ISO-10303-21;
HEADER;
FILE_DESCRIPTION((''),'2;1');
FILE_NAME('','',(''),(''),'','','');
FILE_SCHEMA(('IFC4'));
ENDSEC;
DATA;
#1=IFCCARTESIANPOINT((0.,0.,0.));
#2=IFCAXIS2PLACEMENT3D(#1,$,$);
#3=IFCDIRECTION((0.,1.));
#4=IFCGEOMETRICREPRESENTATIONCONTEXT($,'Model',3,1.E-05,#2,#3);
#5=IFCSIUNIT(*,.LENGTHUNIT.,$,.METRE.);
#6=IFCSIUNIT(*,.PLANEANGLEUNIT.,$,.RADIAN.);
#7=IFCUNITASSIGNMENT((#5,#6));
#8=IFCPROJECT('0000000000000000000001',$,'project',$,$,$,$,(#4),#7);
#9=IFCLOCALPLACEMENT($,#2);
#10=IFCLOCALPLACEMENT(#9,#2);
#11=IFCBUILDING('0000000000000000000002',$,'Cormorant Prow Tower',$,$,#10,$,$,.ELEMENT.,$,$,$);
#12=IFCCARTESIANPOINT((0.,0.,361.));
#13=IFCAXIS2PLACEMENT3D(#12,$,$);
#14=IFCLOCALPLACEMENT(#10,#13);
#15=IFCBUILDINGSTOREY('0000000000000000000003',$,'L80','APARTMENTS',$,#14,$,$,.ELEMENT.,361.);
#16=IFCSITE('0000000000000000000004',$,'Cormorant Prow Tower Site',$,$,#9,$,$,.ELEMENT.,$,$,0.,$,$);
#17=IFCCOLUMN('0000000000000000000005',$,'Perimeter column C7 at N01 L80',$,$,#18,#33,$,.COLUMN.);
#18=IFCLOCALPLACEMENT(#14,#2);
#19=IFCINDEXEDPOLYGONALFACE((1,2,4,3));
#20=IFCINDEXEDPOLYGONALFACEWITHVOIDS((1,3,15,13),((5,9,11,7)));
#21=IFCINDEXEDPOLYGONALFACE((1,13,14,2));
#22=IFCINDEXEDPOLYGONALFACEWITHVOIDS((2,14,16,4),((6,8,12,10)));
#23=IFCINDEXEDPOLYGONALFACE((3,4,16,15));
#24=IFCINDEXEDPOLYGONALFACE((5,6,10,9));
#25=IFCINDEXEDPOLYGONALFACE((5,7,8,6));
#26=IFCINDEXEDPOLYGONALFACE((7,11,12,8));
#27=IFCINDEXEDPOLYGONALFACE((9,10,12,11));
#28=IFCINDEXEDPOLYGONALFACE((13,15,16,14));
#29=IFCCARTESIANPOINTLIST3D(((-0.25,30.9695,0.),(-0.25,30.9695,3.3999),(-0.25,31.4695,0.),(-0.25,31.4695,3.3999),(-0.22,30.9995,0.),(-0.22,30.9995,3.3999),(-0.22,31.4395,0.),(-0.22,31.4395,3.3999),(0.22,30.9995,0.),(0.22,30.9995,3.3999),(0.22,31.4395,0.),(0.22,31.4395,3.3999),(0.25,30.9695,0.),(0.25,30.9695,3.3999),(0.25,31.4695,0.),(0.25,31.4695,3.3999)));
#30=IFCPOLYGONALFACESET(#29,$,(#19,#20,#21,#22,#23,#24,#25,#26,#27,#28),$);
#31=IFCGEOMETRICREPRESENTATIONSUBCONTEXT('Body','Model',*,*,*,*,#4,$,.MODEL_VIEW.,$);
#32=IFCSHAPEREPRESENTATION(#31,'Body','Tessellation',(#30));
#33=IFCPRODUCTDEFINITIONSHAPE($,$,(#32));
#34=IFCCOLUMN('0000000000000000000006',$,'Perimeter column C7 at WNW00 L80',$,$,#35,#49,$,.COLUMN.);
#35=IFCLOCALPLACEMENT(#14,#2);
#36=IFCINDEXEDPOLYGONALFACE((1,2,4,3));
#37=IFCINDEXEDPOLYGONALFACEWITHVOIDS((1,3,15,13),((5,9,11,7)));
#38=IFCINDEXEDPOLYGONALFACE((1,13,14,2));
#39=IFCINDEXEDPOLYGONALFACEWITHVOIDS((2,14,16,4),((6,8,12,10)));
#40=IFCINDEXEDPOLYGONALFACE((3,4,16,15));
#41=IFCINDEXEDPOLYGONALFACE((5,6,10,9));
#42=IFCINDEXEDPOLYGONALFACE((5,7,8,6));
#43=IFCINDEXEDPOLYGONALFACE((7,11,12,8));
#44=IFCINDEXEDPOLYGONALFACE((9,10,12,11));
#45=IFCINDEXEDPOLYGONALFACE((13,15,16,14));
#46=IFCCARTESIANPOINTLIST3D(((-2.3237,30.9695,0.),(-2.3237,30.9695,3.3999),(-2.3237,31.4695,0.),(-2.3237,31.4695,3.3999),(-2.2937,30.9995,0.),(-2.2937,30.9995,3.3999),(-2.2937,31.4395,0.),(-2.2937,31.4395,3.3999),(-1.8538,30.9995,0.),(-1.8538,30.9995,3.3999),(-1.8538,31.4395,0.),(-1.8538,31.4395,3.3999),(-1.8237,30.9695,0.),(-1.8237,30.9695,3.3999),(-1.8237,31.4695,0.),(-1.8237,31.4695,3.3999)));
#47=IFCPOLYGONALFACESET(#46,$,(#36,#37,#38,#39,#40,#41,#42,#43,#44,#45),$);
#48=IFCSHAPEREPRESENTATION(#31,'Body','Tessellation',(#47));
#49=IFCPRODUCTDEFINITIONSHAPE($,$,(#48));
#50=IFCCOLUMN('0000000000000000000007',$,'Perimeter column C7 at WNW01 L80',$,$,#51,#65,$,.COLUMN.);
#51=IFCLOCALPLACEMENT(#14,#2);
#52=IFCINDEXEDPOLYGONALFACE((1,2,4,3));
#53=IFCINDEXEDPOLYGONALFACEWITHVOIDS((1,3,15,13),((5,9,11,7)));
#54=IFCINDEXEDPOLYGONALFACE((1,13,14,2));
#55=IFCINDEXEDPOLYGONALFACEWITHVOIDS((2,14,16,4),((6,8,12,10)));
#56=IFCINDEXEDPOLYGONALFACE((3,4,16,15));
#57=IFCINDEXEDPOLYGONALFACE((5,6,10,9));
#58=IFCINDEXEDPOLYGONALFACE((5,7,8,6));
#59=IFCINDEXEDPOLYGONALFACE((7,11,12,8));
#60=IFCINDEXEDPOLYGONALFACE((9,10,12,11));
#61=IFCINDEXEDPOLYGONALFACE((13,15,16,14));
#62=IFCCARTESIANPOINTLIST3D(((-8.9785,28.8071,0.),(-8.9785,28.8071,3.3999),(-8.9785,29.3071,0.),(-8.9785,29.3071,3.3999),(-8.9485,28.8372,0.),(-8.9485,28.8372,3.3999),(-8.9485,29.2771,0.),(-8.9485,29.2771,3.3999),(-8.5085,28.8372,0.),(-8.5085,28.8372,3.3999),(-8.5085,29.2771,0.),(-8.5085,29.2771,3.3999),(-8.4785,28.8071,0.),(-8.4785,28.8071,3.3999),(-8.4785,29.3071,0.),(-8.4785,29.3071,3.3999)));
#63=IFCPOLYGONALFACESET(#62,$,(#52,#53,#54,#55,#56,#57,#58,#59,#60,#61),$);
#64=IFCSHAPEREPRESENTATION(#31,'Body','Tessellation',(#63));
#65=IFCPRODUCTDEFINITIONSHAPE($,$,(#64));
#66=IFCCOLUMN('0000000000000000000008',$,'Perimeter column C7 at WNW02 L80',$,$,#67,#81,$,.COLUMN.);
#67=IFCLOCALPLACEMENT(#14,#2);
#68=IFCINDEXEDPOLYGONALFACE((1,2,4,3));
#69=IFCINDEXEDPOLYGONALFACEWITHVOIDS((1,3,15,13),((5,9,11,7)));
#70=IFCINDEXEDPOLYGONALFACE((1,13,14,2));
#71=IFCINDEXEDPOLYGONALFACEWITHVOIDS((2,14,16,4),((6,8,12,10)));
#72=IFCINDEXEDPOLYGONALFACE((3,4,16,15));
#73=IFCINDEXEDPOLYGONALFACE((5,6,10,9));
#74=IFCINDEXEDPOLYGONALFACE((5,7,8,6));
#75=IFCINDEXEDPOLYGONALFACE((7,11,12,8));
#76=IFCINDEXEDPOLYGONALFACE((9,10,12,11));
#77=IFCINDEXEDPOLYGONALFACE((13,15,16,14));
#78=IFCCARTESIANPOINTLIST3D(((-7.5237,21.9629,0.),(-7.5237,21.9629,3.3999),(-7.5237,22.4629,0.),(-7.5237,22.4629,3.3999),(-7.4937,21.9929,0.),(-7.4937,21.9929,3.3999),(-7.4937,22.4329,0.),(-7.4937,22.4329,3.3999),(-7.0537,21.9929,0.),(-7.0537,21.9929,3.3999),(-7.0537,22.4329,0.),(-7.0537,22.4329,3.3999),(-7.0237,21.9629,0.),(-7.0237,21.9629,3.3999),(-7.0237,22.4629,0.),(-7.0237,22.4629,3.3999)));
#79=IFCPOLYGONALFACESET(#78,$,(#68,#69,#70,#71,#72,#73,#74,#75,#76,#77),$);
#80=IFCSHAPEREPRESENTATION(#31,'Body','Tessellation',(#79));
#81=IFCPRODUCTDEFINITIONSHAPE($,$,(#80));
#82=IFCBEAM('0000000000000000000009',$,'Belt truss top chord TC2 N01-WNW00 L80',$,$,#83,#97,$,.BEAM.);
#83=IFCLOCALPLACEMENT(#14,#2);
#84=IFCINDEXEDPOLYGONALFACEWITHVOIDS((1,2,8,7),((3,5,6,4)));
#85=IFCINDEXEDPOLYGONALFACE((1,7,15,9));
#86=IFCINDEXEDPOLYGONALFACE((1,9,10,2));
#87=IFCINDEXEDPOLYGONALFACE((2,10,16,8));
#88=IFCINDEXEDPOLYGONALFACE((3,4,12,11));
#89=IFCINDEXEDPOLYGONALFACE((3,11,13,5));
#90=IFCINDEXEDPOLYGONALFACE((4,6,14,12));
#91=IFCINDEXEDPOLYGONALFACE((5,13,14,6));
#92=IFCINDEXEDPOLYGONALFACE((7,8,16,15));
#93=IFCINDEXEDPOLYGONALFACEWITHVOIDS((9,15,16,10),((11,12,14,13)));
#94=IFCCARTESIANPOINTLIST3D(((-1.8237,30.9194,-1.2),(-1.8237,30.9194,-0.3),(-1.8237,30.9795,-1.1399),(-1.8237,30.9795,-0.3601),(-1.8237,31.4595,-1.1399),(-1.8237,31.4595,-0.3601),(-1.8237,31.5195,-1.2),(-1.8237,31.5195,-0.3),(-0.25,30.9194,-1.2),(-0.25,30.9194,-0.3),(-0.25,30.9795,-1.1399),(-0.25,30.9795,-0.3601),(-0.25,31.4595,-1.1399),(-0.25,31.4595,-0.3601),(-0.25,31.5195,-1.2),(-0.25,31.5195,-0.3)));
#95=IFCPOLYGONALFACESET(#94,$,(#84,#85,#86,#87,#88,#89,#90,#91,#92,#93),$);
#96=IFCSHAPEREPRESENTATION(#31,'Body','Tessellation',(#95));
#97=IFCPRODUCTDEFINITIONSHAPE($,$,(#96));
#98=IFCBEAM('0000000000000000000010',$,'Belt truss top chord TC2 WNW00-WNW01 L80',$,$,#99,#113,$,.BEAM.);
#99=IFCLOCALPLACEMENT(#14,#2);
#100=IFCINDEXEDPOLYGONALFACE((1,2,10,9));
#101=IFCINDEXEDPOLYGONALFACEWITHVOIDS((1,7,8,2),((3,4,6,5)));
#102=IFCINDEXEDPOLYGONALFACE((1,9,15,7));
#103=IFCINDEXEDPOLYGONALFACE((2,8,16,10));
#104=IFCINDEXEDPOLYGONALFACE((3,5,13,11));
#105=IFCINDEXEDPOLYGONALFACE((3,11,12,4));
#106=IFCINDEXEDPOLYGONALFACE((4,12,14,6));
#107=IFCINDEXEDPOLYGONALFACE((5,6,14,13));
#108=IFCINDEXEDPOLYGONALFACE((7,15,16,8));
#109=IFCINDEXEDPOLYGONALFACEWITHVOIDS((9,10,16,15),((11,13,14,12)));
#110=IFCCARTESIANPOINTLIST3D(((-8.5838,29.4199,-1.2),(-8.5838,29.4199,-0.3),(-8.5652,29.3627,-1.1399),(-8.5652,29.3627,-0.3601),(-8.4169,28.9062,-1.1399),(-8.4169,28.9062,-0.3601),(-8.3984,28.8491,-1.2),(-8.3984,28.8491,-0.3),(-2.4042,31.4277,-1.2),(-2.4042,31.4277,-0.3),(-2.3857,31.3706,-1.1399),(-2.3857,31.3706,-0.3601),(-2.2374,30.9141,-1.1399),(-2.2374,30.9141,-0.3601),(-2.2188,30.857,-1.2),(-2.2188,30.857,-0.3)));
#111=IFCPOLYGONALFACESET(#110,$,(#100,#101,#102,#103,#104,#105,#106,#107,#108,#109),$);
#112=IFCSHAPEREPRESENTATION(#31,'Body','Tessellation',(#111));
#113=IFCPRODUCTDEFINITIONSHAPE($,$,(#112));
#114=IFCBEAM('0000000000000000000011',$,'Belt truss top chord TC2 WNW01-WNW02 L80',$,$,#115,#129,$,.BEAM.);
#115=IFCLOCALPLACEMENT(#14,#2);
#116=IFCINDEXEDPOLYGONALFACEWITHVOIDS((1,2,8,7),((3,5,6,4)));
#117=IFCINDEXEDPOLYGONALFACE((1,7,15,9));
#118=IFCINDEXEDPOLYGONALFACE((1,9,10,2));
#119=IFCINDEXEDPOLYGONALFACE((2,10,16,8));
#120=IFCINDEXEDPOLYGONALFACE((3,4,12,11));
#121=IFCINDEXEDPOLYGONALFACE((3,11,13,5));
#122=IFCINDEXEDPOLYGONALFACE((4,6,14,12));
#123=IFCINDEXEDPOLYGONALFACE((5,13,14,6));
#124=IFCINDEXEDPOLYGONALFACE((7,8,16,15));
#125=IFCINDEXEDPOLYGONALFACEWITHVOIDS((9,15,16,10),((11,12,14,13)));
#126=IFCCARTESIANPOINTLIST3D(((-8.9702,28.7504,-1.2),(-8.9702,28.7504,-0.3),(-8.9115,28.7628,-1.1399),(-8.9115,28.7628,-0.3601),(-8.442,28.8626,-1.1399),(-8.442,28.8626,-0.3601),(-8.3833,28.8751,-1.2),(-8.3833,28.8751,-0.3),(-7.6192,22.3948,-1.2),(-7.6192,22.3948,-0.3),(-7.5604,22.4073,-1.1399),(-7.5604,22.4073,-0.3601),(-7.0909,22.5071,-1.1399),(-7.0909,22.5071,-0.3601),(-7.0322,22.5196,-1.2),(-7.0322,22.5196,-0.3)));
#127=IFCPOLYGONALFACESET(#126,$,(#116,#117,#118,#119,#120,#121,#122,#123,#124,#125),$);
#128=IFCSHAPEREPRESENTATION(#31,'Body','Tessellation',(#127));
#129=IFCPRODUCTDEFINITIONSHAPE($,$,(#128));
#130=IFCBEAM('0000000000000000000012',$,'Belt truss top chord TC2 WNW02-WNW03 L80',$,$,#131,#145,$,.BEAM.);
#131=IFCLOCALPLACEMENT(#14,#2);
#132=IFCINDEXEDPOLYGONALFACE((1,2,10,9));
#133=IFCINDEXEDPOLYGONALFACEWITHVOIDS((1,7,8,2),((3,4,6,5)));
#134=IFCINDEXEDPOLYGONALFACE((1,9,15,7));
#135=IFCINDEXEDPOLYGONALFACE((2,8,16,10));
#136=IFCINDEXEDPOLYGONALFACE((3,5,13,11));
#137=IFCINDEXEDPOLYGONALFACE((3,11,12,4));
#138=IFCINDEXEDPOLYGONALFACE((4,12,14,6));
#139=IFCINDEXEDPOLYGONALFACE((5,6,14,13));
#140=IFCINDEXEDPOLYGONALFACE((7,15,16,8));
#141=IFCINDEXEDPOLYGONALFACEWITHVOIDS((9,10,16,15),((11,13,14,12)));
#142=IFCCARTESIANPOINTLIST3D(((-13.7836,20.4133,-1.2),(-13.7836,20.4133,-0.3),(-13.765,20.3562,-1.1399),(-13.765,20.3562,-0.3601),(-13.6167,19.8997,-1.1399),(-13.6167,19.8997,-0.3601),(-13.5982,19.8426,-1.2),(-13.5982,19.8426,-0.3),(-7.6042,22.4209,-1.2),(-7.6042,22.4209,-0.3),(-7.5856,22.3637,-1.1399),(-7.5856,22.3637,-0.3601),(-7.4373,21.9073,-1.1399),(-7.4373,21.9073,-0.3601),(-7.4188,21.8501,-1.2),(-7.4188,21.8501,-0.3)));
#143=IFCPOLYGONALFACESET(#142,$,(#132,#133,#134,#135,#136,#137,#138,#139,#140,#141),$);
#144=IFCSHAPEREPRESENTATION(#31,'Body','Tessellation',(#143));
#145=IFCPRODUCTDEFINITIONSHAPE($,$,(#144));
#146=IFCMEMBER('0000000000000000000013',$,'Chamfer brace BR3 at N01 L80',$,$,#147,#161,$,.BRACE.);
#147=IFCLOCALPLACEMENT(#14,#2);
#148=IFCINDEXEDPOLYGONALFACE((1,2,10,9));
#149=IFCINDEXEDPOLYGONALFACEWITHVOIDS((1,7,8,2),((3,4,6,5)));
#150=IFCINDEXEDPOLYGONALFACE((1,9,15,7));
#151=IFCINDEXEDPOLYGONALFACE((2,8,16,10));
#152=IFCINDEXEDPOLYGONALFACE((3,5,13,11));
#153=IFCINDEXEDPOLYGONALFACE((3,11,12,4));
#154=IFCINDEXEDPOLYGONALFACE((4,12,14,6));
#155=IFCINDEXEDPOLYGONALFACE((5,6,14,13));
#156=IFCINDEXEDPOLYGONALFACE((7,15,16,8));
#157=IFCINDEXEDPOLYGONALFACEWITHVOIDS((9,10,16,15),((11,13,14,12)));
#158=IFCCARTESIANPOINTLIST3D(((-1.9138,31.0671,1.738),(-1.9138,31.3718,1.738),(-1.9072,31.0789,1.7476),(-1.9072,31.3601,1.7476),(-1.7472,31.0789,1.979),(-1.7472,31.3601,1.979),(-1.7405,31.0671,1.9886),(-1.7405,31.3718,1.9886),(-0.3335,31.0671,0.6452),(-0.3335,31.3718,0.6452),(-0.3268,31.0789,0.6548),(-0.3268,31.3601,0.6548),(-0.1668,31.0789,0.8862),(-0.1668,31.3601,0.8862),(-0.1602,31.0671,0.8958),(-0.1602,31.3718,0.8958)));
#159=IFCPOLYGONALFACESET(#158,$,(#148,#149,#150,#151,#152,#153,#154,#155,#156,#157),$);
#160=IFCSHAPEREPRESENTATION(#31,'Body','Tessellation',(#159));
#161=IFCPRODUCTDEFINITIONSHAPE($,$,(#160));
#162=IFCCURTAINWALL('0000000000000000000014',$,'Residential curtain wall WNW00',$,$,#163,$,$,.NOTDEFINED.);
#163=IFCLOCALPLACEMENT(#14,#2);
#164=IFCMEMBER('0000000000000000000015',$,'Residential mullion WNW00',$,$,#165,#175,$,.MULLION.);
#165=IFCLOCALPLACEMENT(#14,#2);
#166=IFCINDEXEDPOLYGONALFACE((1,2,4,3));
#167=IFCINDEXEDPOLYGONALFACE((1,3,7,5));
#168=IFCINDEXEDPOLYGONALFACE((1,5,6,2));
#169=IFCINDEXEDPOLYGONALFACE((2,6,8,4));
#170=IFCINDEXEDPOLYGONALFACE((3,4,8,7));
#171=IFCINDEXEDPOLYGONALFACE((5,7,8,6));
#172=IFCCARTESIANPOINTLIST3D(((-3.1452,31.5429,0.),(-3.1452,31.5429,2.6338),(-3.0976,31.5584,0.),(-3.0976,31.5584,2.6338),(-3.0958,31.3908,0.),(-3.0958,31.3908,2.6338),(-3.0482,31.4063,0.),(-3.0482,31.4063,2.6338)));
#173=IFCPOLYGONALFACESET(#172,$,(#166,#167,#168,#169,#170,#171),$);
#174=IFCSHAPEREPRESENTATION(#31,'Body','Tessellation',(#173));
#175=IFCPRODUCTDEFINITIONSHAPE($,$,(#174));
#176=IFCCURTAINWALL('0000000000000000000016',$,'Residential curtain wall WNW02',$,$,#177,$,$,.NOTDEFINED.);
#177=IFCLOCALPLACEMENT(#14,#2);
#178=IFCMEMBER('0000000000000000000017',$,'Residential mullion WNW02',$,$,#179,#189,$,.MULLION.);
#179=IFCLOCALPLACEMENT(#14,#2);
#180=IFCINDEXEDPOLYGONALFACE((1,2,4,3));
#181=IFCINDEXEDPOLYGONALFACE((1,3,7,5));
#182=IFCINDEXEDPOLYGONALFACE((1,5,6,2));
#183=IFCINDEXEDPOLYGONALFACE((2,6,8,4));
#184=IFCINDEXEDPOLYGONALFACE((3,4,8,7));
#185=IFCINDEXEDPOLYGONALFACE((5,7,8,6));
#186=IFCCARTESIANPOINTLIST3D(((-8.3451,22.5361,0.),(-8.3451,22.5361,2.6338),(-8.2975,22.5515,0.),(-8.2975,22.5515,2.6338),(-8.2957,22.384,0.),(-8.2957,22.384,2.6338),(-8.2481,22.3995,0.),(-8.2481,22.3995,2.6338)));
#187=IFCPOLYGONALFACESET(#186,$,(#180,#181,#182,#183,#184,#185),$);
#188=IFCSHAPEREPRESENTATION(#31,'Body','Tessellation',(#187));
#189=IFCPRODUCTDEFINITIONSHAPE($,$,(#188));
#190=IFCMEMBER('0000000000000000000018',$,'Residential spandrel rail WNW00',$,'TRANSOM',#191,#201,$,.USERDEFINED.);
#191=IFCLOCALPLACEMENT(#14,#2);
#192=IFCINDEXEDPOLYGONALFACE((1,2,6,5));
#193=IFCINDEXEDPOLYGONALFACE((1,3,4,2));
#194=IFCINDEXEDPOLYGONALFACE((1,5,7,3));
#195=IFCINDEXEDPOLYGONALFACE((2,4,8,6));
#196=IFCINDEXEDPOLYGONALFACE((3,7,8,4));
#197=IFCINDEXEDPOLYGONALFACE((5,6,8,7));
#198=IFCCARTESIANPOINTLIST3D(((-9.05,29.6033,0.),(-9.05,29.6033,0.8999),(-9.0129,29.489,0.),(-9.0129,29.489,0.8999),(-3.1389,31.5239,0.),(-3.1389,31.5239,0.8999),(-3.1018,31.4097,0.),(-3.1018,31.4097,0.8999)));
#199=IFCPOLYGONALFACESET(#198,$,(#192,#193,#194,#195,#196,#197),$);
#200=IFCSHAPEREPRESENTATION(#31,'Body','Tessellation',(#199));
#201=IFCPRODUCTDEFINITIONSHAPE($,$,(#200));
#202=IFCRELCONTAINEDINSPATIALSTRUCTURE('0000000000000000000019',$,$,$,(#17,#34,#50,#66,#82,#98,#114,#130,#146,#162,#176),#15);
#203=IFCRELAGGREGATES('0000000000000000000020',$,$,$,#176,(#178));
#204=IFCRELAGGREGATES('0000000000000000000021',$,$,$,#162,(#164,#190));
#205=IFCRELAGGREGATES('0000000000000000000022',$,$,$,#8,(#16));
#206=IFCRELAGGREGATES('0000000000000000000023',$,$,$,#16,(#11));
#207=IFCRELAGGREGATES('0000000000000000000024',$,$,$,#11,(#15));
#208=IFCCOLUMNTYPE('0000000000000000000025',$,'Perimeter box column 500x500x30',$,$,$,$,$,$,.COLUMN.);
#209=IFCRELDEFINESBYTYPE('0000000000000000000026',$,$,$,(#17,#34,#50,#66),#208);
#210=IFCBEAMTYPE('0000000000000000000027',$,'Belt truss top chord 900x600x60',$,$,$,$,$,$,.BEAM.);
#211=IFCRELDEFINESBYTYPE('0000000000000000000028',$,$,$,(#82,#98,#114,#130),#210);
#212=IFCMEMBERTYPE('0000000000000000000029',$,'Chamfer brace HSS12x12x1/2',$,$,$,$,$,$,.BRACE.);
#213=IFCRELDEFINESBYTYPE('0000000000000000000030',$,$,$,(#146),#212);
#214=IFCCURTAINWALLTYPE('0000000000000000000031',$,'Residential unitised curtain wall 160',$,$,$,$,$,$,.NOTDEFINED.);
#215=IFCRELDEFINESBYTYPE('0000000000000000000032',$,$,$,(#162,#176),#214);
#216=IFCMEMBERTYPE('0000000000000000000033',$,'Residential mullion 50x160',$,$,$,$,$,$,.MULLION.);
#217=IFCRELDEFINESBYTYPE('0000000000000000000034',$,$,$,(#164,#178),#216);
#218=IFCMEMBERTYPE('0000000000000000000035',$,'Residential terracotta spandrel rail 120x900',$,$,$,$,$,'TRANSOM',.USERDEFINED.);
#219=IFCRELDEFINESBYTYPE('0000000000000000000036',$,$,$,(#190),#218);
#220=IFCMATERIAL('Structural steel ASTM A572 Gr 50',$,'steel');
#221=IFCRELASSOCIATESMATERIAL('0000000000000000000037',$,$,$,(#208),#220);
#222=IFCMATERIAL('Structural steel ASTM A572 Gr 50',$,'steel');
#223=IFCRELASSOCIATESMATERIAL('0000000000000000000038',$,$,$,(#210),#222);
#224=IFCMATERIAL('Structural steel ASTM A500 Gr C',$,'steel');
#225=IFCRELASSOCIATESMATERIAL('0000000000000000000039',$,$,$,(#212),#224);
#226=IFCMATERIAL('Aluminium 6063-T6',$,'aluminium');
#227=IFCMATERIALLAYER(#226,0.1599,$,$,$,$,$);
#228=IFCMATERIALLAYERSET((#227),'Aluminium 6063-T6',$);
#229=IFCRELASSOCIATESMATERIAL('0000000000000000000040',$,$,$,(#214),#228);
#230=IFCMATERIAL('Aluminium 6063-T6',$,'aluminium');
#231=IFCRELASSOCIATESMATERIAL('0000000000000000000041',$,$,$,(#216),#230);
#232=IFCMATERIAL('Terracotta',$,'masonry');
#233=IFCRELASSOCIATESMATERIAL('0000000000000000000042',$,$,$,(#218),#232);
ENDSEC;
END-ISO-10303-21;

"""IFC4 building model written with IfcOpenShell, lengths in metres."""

from ifc_helpers import new_model, si_unit, direction, frame, origin, origin_2d, place, context, subcontext, project, spatial, rectangle, hollow_rectangle, extrude, material, layer, layer_set, material_profile, profile_set, type_object, element, aggregate, save


model = new_model("IFC4")

# Units and contexts
model_context = context("Model", 3, precision=1e-05, world=origin(), true_north=direction((0.0, 1.0)))
body_context = subcontext(model_context, "Body", "Model", "MODEL_VIEW")
ifc_project = project(units=[si_unit("LENGTHUNIT", "METRE"), si_unit("PLANEANGLEUNIT", "RADIAN")], contexts=[model_context])

# Site, building, storey
site_placement = place(None, origin())
site = spatial("IfcSite", under=ifc_project, at=site_placement, Name="Cormorant Prow Tower Site", CompositionType="ELEMENT", RefElevation=0.0)
building_placement = place(site_placement, origin())
building = spatial("IfcBuilding", under=site, at=building_placement, Name="Cormorant Prow Tower", CompositionType="ELEMENT")
storey_placement = place(building_placement, frame((0.0, 0.0, 361.0)))
storey = spatial("IfcBuildingStorey", under=building, at=storey_placement, Name="L80", Description="APARTMENTS", CompositionType="ELEMENT", Elevation=361.0)

# Columns
ifc_material_1 = material(Name="Structural steel ASTM A572 Gr 50", Category="steel")
ifc_material_profile_1 = material_profile(ifc_material_1, hollow_rectangle(XDim=0.5, YDim=0.5, WallThickness=0.03, at=origin_2d()), Name="Box 500x500x30")
ifc_profile_set_1 = profile_set([ifc_material_profile_1], Name="Structural steel ASTM A572 Gr 50")
column_type = type_object("IfcColumnType", Name="Perimeter box column 500x500x30", PredefinedType="COLUMN", material=ifc_profile_set_1)
for number, where, z_axis, x_axis, name in (
    (1, (0.0, 31.2195, 0.0), (0.0, 0.0, 1.0), (1.0, 0.0, 0.0), "Perimeter column C7 at N01 L80"),
    (2, (-2.0737, 31.2195, 0.0), (0.0, 0.0, 1.0), (1.0, 0.0, 0.0), "Perimeter column C7 at WNW00 L80"),
    (3, (-8.7285, 29.0571, 0.0), (0.0, 0.0, 1.0), (1.0, 0.0, 0.0), "Perimeter column C7 at WNW01 L80"),
    (4, (-7.2737, 22.2129, 0.0), (0.0, 0.0, 1.0), (1.0, 0.0, 0.0), "Perimeter column C7 at WNW02 L80"),
):
    element("IfcColumn", number, at=place(storey_placement, frame(where, z_axis=z_axis, x_axis=x_axis)), inside=storey, type_object=column_type, Name=name, PredefinedType="COLUMN", context=body_context, shape_type="SweptSolid", body=[
        extrude(hollow_rectangle(XDim=0.5, YDim=0.5, WallThickness=0.03, at=origin_2d()), origin(), (0.0, 0.0, 1.0), 3.3999),
    ])

# Beams
ifc_material_2 = material(Name="Structural steel ASTM A572 Gr 50", Category="steel")
ifc_material_profile_2 = material_profile(ifc_material_2, hollow_rectangle(XDim=0.6001, YDim=0.8999, WallThickness=0.0601, at=origin_2d()), Name="Box 900x600x60")
ifc_profile_set_2 = profile_set([ifc_material_profile_2], Name="Structural steel ASTM A572 Gr 50")
beam_type = type_object("IfcBeamType", Name="Belt truss top chord 900x600x60", PredefinedType="BEAM", material=ifc_profile_set_2)
beam_1_placement = place(storey_placement, frame((-0.25, 31.2195, -0.75), z_axis=(-1.0, 0.0, 0.0), x_axis=(0.0, -1.0, 0.0)))
element("IfcBeam", 5, at=beam_1_placement, inside=storey, type_object=beam_type, Name="Belt truss top chord TC2 N01-WNW00 L80", PredefinedType="BEAM", context=body_context, shape_type="SweptSolid", body=[
    extrude(hollow_rectangle(XDim=0.6001, YDim=0.8999, WallThickness=0.0601, at=origin_2d()), origin(), (0.0, 0.0, 1.0), 1.5737),
])
for number, where, z_axis, x_axis, name in (
    (6, (-2.3115, 31.1423, -0.75), (-0.951057, -0.309016, 0.0), (0.309016, -0.951057, 0.0), "Belt truss top chord TC2 WNW00-WNW01 L80"),
    (7, (-8.6768, 28.8127, -0.75), (0.207938, -0.978142, 0.0), (0.978142, 0.207938, 0.0), "Belt truss top chord TC2 WNW01-WNW02 L80"),
):
    element("IfcBeam", number, at=place(storey_placement, frame(where, z_axis=z_axis, x_axis=x_axis)), inside=storey, type_object=beam_type, Name=name, PredefinedType="BEAM", context=body_context, shape_type="SweptSolid", body=[
        extrude(hollow_rectangle(XDim=0.6001, YDim=0.8999, WallThickness=0.0601, at=origin_2d()), origin(), (0.0, 0.0, 1.0), 6.4976),
    ])
beam_2_placement = place(storey_placement, frame((-7.5115, 22.1355, -0.75), z_axis=(-0.951068, -0.308982, 0.0), x_axis=(0.308982, -0.951068, 0.0)))
element("IfcBeam", 8, at=beam_2_placement, inside=storey, type_object=beam_type, Name="Belt truss top chord TC2 WNW02-WNW03 L80", PredefinedType="BEAM", context=body_context, shape_type="SweptSolid", body=[
    extrude(hollow_rectangle(XDim=0.6001, YDim=0.8999, WallThickness=0.0601, at=origin_2d()), origin(), (0.0, 0.0, 1.0), 6.4973),
])

# Member
ifc_material_3 = material(Name="Structural steel ASTM A500 Gr C", Category="steel")
ifc_material_profile_3 = material_profile(ifc_material_3, hollow_rectangle(XDim=0.3047, YDim=0.3047, WallThickness=0.0117, at=origin_2d()), Name="HSS12x12x1/2")
ifc_profile_set_3 = profile_set([ifc_material_profile_3], Name="Structural steel ASTM A500 Gr C")
member_type_1 = type_object("IfcMemberType", Name="Chamfer brace HSS12x12x1/2", PredefinedType="BRACE", material=ifc_profile_set_3)
member_1_placement = place(storey_placement, frame((-0.2468, 31.2195, 0.7705), z_axis=(-0.822508, 0.0, 0.568754), x_axis=(0.0, -1.0, 0.0)))
element("IfcMember", 9, at=member_1_placement, inside=storey, type_object=member_type_1, Name="Chamfer brace BR3 at N01 L80", PredefinedType="BRACE", context=body_context, shape_type="SweptSolid", body=[
    extrude(hollow_rectangle(XDim=0.3047, YDim=0.3047, WallThickness=0.0117, at=origin_2d()), origin(), (0.0, 0.0, 1.0), 1.9214),
])

# Curtain walls, members
ifc_material_4 = material(Name="Aluminium 6063-T6", Category="aluminium")
ifc_layer_1 = layer(ifc_material_4, 0.1599)
ifc_layer_set_1 = layer_set([ifc_layer_1], Name="Aluminium 6063-T6")
curtain_wall_type = type_object("IfcCurtainWallType", Name="Residential unitised curtain wall 160", PredefinedType="NOTDEFINED", material=ifc_layer_set_1)
curtain_wall_1_placement = place(storey_placement, origin())
curtain_wall_1 = element("IfcCurtainWall", 10, at=curtain_wall_1_placement, inside=storey, type_object=curtain_wall_type, Name="Residential curtain wall WNW00", PredefinedType="NOTDEFINED")
ifc_material_5 = material(Name="Aluminium 6063-T6", Category="aluminium")
ifc_material_profile_4 = material_profile(ifc_material_5, rectangle(XDim=0.1599, YDim=0.05, at=origin_2d()), Name="Residential mullion 50x160")
ifc_profile_set_4 = profile_set([ifc_material_profile_4], Name="Aluminium 6063-T6")
member_type_2 = type_object("IfcMemberType", Name="Residential mullion 50x160", PredefinedType="MULLION", material=ifc_profile_set_4)
member_2_placement = place(storey_placement, frame((-3.0967, 31.4746, 0.0), z_axis=(0.0, 0.0, 1.0), x_axis=(0.309017, -0.951057, 0.0)))
member_2 = element("IfcMember", 11, at=member_2_placement, type_object=member_type_2, Name="Residential mullion WNW00", PredefinedType="MULLION", context=body_context, shape_type="SweptSolid", body=[
    extrude(rectangle(XDim=0.1599, YDim=0.05, at=origin_2d()), origin(), (0.0, 0.0, 1.0), 2.6338),
])
curtain_wall_2_placement = place(storey_placement, origin())
curtain_wall_2 = element("IfcCurtainWall", 12, at=curtain_wall_2_placement, inside=storey, type_object=curtain_wall_type, Name="Residential curtain wall WNW02", PredefinedType="NOTDEFINED")
member_3_placement = place(storey_placement, frame((-8.2966, 22.4678, 0.0), z_axis=(0.0, 0.0, 1.0), x_axis=(0.309017, -0.951057, 0.0)))
member_3 = element("IfcMember", 13, at=member_3_placement, type_object=member_type_2, Name="Residential mullion WNW02", PredefinedType="MULLION", context=body_context, shape_type="SweptSolid", body=[
    extrude(rectangle(XDim=0.1599, YDim=0.05, at=origin_2d()), origin(), (0.0, 0.0, 1.0), 2.6338),
])

# Member
ifc_material_6 = material(Name="Terracotta", Category="masonry")
ifc_material_profile_5 = material_profile(ifc_material_6, rectangle(XDim=0.1201, YDim=0.8999, at=origin_2d()), Name="Residential terracotta spandrel rail 120x900")
ifc_profile_set_5 = profile_set([ifc_material_profile_5], Name="Terracotta")
member_type_3 = type_object("IfcMemberType", Name="Residential terracotta spandrel rail 120x900", ElementType="TRANSOM", PredefinedType="USERDEFINED", material=ifc_profile_set_5)
member_4_placement = place(storey_placement, frame((-3.1204, 31.4668, 0.45), z_axis=(-0.951056, -0.309019, 0.0), x_axis=(0.309019, -0.951056, 0.0)))
member_4 = element("IfcMember", 14, at=member_4_placement, type_object=member_type_3, Name="Residential spandrel rail WNW00", ObjectType="TRANSOM", PredefinedType="USERDEFINED", context=body_context, shape_type="SweptSolid", body=[
    extrude(rectangle(XDim=0.1201, YDim=0.8999, at=origin_2d()), origin(), (0.0, 0.0, 1.0), 6.2153),
])
aggregate(curtain_wall_2, [member_3])

aggregate(curtain_wall_1, [member_2, member_4])

save(model, "model.ifc")
